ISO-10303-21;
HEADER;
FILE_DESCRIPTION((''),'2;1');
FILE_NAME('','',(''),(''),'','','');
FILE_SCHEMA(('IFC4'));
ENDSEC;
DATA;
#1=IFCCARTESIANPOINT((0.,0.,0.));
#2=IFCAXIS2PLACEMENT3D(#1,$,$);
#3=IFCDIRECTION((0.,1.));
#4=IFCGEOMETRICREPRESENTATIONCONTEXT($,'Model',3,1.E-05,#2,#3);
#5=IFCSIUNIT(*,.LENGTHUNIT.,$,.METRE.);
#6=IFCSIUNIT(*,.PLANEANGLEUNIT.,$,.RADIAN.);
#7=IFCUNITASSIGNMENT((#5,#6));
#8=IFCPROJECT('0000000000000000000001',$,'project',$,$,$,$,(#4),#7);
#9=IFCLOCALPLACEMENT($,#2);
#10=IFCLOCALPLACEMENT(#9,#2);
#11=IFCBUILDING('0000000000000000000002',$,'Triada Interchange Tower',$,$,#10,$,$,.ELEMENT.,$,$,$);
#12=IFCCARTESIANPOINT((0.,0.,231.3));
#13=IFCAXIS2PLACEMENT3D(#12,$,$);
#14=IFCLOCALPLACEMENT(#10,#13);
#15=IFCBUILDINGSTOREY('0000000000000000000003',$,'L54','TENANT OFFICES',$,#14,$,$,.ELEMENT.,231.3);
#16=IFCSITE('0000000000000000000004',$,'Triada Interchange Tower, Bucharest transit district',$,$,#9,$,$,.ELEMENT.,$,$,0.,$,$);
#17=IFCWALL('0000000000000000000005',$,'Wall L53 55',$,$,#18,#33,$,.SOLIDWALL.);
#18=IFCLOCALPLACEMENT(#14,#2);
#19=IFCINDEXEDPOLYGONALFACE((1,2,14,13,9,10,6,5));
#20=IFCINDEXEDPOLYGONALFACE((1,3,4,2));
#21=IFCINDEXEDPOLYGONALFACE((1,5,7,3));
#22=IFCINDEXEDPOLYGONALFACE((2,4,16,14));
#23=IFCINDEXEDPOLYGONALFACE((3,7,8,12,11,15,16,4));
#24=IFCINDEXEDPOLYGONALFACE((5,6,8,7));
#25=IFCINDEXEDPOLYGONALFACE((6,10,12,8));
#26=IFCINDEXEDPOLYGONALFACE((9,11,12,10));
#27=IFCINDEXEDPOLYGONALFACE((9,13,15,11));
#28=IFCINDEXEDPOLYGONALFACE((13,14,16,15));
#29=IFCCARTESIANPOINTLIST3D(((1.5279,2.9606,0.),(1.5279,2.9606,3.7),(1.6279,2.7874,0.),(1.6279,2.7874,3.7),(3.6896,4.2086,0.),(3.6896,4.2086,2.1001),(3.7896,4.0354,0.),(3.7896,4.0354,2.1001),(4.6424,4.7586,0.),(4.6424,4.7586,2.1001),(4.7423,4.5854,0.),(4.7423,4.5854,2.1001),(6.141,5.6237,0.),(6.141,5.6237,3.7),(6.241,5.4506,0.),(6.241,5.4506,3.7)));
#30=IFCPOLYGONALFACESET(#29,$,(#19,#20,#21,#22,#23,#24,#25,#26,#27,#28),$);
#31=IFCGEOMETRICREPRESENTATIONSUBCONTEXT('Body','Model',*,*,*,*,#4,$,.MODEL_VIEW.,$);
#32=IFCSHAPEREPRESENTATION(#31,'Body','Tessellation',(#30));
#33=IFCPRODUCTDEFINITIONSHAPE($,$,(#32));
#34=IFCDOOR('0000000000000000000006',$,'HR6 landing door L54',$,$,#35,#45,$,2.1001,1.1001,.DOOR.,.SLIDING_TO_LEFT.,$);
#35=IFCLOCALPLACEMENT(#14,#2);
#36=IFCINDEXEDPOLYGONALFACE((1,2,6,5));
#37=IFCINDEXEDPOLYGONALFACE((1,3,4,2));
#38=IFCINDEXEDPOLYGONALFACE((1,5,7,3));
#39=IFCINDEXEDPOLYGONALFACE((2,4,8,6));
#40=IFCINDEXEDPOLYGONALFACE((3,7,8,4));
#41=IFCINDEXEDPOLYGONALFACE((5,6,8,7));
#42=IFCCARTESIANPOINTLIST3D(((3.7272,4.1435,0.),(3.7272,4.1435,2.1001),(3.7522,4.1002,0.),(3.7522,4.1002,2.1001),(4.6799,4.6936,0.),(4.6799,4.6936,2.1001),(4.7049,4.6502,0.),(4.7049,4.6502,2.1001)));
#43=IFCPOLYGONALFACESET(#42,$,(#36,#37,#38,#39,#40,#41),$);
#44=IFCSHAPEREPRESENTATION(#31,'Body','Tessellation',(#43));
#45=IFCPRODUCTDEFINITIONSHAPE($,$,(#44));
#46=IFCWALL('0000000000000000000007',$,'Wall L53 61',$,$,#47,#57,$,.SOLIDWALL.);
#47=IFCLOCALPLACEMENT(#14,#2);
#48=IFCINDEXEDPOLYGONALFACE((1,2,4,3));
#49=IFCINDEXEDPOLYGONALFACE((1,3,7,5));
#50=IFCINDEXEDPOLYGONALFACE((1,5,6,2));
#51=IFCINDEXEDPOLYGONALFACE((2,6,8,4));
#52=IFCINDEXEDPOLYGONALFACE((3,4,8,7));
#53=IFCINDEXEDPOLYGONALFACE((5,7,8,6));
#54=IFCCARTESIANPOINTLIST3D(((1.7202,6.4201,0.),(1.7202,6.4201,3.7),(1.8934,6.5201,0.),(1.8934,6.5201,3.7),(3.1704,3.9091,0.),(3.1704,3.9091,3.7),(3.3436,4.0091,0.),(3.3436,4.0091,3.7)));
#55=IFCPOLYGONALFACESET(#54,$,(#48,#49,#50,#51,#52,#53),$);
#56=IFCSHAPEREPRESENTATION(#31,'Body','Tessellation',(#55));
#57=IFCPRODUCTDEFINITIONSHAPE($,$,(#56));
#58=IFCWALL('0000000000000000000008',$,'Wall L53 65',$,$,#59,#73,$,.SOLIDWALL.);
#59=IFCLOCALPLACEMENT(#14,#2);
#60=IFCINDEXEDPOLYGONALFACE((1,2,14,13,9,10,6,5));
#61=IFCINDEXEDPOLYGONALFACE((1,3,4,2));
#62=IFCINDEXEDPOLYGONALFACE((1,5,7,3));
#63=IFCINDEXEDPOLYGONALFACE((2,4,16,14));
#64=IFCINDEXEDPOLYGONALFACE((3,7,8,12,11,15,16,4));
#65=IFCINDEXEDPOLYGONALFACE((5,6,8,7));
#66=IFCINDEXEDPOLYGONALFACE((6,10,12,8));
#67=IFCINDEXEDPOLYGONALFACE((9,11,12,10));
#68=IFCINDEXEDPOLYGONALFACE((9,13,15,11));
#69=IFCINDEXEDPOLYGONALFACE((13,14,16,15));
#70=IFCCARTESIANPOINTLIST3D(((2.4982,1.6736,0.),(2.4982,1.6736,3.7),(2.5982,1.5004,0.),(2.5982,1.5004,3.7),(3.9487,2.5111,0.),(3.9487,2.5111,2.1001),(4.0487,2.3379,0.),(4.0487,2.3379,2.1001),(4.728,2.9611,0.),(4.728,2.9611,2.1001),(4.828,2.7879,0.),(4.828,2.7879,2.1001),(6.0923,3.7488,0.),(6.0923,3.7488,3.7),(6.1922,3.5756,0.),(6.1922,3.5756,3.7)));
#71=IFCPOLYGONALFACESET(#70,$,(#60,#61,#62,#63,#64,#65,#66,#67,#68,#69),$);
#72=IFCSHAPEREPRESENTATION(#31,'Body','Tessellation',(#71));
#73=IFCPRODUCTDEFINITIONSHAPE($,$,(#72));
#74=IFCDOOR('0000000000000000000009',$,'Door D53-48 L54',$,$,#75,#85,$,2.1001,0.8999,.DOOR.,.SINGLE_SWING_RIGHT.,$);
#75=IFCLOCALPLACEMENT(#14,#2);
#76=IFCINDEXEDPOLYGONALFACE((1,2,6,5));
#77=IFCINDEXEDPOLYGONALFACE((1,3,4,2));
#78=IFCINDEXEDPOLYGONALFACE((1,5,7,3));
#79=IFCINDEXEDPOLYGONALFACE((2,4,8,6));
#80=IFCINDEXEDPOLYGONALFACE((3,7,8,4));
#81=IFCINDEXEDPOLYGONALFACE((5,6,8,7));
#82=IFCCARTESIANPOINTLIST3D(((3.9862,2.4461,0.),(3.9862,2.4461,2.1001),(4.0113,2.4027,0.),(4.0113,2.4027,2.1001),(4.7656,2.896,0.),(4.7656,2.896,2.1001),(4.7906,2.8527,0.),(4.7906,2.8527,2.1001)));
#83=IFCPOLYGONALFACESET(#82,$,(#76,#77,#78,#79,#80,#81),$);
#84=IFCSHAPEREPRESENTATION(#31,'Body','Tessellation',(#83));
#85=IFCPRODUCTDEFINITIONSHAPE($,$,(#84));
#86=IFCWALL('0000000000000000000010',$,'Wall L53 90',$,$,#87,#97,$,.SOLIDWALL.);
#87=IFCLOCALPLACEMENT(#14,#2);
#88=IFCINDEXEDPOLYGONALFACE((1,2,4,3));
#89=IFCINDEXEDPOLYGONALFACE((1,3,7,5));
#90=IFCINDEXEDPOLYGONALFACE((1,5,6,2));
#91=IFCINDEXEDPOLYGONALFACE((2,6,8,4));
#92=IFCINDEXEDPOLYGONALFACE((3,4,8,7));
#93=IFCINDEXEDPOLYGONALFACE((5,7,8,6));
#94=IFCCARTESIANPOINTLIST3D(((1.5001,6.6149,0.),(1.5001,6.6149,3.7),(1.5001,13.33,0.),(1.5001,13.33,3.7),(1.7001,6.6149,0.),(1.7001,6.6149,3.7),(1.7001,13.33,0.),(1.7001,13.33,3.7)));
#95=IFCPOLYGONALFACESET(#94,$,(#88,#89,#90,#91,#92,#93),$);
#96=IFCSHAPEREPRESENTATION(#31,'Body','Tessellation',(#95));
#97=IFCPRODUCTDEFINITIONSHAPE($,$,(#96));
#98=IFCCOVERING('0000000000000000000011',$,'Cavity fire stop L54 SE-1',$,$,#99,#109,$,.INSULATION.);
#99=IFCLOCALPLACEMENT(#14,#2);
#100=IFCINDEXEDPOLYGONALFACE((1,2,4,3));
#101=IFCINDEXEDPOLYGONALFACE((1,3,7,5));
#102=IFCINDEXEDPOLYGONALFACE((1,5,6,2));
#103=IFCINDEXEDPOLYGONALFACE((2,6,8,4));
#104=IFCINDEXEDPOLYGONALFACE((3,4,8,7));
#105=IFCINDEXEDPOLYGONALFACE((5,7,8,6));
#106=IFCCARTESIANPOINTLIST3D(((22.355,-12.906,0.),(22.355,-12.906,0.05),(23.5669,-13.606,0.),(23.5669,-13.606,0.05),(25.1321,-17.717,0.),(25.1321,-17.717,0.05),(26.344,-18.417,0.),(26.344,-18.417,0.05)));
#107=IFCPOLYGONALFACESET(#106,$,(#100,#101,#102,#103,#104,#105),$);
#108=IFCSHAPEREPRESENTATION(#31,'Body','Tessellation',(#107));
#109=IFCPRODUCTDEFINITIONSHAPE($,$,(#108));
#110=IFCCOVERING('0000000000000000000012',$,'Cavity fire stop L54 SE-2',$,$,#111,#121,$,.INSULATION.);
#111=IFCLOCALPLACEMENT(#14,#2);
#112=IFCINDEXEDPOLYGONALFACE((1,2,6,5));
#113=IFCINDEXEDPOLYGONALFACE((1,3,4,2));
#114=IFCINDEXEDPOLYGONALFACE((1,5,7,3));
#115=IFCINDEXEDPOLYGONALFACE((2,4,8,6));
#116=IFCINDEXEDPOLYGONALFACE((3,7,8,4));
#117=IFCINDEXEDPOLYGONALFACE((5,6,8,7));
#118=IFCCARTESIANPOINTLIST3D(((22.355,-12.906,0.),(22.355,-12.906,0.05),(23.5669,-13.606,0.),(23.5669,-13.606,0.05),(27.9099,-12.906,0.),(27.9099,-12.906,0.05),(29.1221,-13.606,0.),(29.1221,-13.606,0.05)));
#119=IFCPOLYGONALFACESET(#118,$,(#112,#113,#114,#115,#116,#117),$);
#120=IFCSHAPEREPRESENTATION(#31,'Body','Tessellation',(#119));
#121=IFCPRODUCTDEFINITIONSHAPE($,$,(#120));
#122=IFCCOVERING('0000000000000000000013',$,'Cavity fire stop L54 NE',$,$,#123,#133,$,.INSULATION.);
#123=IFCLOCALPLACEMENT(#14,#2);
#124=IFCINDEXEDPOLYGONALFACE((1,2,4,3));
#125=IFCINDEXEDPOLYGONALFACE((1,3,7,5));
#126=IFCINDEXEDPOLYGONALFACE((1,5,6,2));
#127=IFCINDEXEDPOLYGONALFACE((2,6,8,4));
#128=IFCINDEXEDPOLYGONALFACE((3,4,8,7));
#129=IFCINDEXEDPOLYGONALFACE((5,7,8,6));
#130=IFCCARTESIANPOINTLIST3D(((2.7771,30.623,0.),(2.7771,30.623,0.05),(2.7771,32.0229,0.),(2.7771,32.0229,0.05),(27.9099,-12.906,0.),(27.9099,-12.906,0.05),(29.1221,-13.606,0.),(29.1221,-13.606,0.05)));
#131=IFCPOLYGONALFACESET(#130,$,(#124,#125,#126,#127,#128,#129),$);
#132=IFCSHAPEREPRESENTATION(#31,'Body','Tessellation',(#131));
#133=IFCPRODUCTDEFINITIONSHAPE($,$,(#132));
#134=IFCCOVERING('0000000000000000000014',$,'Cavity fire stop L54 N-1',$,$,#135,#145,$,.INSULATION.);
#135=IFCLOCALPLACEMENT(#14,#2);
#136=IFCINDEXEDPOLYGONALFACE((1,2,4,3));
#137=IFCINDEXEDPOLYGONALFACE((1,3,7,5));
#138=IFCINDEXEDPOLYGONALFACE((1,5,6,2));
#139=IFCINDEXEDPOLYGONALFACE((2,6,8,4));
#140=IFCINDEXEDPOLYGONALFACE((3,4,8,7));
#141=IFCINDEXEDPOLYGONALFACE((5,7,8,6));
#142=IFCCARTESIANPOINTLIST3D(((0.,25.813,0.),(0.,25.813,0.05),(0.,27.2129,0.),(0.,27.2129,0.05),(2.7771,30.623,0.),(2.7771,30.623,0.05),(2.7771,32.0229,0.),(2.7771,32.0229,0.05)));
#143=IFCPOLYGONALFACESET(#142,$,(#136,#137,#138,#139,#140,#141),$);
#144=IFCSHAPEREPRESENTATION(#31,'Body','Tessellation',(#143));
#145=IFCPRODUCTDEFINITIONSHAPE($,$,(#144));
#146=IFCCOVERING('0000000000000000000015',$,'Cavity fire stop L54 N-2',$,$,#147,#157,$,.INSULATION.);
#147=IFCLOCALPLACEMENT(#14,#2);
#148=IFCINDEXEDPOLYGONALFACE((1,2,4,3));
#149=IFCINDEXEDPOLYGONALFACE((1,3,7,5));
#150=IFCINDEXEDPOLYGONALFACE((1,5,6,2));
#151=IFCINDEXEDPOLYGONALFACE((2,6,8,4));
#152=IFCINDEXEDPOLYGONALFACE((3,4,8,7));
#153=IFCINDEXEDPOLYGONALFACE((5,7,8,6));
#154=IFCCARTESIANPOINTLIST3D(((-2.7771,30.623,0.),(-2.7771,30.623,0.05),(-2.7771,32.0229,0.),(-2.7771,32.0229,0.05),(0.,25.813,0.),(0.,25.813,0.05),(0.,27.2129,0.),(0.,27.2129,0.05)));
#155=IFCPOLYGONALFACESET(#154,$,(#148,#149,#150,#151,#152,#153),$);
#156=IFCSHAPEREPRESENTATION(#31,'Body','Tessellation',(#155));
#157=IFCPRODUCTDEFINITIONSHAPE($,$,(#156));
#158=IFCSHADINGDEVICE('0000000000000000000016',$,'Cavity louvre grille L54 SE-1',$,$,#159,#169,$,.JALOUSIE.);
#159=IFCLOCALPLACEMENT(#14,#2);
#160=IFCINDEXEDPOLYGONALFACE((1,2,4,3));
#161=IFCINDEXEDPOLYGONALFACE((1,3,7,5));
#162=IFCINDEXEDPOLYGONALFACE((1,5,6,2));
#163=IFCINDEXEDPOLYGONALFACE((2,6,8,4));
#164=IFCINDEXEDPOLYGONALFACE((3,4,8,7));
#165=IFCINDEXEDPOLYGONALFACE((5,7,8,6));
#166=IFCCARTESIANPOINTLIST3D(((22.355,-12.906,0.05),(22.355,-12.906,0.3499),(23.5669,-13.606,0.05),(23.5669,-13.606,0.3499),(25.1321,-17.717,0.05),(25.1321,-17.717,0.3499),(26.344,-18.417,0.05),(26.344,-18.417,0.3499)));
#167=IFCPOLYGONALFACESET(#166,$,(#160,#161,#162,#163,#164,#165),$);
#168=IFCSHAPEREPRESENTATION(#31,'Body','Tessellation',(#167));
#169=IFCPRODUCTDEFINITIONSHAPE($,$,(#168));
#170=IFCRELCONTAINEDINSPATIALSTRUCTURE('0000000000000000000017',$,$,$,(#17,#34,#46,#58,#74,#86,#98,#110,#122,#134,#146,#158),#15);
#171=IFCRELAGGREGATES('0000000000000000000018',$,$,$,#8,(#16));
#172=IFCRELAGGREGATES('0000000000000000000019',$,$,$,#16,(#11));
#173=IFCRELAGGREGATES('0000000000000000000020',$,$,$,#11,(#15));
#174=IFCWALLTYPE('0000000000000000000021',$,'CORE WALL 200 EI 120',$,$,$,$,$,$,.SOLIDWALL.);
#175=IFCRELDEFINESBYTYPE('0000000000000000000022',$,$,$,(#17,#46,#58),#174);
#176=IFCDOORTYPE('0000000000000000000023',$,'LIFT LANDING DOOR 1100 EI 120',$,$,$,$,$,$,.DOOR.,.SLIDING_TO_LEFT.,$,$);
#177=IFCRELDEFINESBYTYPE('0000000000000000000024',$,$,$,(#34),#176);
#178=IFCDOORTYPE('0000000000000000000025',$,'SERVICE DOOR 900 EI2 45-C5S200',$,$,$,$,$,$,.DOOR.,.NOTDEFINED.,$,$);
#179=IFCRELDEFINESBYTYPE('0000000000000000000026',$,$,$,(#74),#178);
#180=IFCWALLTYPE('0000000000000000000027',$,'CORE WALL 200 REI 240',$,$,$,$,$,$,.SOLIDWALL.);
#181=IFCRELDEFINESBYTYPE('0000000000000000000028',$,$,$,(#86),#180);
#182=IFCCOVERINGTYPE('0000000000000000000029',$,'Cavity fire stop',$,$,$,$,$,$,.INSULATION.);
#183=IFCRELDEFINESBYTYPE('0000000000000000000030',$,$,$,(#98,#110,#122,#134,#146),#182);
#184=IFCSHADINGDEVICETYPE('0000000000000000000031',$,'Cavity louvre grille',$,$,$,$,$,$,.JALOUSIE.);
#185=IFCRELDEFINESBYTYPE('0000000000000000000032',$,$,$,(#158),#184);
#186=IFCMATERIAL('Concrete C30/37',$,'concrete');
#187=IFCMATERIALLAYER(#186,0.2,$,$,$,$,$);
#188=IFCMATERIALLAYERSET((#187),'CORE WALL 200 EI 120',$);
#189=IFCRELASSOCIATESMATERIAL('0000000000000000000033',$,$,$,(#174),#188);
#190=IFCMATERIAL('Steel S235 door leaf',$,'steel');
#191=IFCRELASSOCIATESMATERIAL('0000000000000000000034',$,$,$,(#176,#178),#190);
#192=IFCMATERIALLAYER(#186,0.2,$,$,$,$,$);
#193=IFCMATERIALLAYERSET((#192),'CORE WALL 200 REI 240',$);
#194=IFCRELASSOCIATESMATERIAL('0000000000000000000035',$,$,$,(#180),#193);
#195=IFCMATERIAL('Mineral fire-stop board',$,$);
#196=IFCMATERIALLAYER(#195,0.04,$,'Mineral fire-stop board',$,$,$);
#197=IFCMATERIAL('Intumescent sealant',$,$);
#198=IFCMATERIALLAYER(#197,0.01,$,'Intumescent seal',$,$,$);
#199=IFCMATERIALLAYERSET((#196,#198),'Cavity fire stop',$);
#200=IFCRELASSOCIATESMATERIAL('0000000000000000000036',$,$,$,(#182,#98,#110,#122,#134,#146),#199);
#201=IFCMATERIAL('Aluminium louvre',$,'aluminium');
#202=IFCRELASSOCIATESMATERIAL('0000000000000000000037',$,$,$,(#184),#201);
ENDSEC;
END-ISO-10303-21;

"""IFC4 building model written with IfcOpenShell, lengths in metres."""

from ifc_helpers import new_model, si_unit, direction, frame, frame_2d, origin, place, context, subcontext, project, spatial, polyline, rectangle, outline, extrude, material, layer, layer_set, layer_usage, type_object, element, fill, save


model = new_model("IFC4")

# Units and contexts
model_context = context("Model", 3, precision=1e-05, world=origin(), true_north=direction((0.0, 1.0)))
body_context = subcontext(model_context, "Body", "Model", "MODEL_VIEW")
ifc_project = project(units=[si_unit("LENGTHUNIT", "METRE"), si_unit("PLANEANGLEUNIT", "RADIAN")], contexts=[model_context])

# Site, building, storey
site_placement = place(None, origin())
site = spatial("IfcSite", under=ifc_project, at=site_placement, Name="Triada Interchange Tower, Bucharest transit district", CompositionType="ELEMENT", RefElevation=0.0)
building_placement = place(site_placement, origin())
building = spatial("IfcBuilding", under=site, at=building_placement, Name="Triada Interchange Tower", CompositionType="ELEMENT")
storey_placement = place(building_placement, frame((0.0, 0.0, 231.3)))
storey = spatial("IfcBuildingStorey", under=building, at=storey_placement, Name="L54", Description="TENANT OFFICES", CompositionType="ELEMENT", Elevation=231.3)

# Wall, opening, door
ifc_material_1 = material(Name="Concrete C30/37", Category="concrete")
ifc_layer_1 = layer(ifc_material_1, 0.2)
ifc_layer_set_1 = layer_set([ifc_layer_1], Name="CORE WALL 200 EI 120")
wall_type_1 = type_object("IfcWallType", Name="CORE WALL 200 EI 120", PredefinedType="SOLIDWALL", material=ifc_layer_set_1)
ifc_material_2 = material(Name="Steel S235 door leaf", Category="steel")
door_type_1 = type_object("IfcDoorType", Name="LIFT LANDING DOOR 1100 EI 120", OperationType="SLIDING_TO_LEFT", PredefinedType="DOOR", material=ifc_material_2)
wall_1_placement = place(storey_placement, frame((1.5779, 2.874, 0.0), z_axis=(0.0, 0.0, 1.0), x_axis=(0.866046, 0.499964, 0.0)))
wall_1 = element("IfcWall", 1, at=wall_1_placement, inside=storey, type_object=wall_type_1, Name="Wall L53 55", PredefinedType="SOLIDWALL", context=body_context, shape_type="SweptSolid", body=[
    extrude(rectangle(XDim=5.3267, YDim=0.2, at=frame_2d((2.6633, 0.0))), origin(), (0.0, 0.0, 1.0), 3.7),
])
opening_1_placement = place(wall_1_placement, frame((2.4961, 0.0, 0.0)))
opening_1 = element("IfcOpeningElement", 2, at=opening_1_placement, cuts=wall_1, PredefinedType="OPENING", context=body_context, shape_type="SweptSolid", body=[
    extrude(rectangle(XDim=1.1001, YDim=2.1001, at=frame_2d((0.55, 1.05))), frame((0.0, 0.1099, 0.0), z_axis=(0.0, -1.0, 0.0), x_axis=(1.0, 0.0, 0.0)), (0.0, 0.0, 1.0), 0.22),
])
door_1_placement = place(opening_1_placement, origin())
door_1 = element("IfcDoor", 3, at=door_1_placement, inside=storey, type_object=door_type_1, Name="HR6 landing door L54", OperationType="SLIDING_TO_LEFT", OverallHeight=2.1001, OverallWidth=1.1001, PredefinedType="DOOR", context=body_context, shape_type="SweptSolid", body=[
    extrude(rectangle(XDim=1.1001, YDim=2.1001, at=frame_2d((0.55, 1.05))), frame((0.0, 0.0249, 0.0), z_axis=(0.0, -1.0, 0.0), x_axis=(1.0, 0.0, 0.0)), (0.0, 0.0, 1.0), 0.05),
])
fill(opening_1, door_1)

# Wall
wall_2_placement = place(storey_placement, frame((1.8069, 6.47, 0.0), z_axis=(0.0, 0.0, 1.0), x_axis=(0.500123, -0.865954, 0.0)))
element("IfcWall", 4, at=wall_2_placement, inside=storey, type_object=wall_type_1, Name="Wall L53 61", PredefinedType="SOLIDWALL", context=body_context, shape_type="SweptSolid", body=[
    extrude(rectangle(XDim=2.8997, YDim=0.2, at=frame_2d((1.4497, 0.0))), origin(), (0.0, 0.0, 1.0), 3.7),
])

# Wall, opening, door
wall_3_placement = place(storey_placement, frame((2.5481, 1.5869, 0.0), z_axis=(0.0, 0.0, 1.0), x_axis=(0.866004, 0.500036, 0.0)))
wall_3 = element("IfcWall", 5, at=wall_3_placement, inside=storey, type_object=wall_type_1, Name="Wall L53 65", PredefinedType="SOLIDWALL", context=body_context, shape_type="SweptSolid", body=[
    extrude(rectangle(XDim=4.1501, YDim=0.2, at=frame_2d((2.0752, 0.0))), origin(), (0.0, 0.0, 1.0), 3.7),
])
opening_2_placement = place(wall_3_placement, frame((1.675, 0.0, 0.0)))
opening_2 = element("IfcOpeningElement", 6, at=opening_2_placement, cuts=wall_3, PredefinedType="OPENING", context=body_context, shape_type="SweptSolid", body=[
    extrude(rectangle(XDim=0.8999, YDim=2.1001, at=frame_2d((0.45, 1.05))), frame((0.0, 0.1099, 0.0), z_axis=(0.0, -1.0, 0.0), x_axis=(1.0, 0.0, 0.0)), (0.0, 0.0, 1.0), 0.22),
])
door_type_2 = type_object("IfcDoorType", Name="SERVICE DOOR 900 EI2 45-C5S200", OperationType="NOTDEFINED", PredefinedType="DOOR", material=ifc_material_2)
door_2_placement = place(opening_2_placement, origin())
door_2 = element("IfcDoor", 7, at=door_2_placement, inside=storey, type_object=door_type_2, Name="Door D53-48 L54", OperationType="SINGLE_SWING_RIGHT", OverallHeight=2.1001, OverallWidth=0.8999, PredefinedType="DOOR", context=body_context, shape_type="SweptSolid", body=[
    extrude(rectangle(XDim=0.8999, YDim=2.1001, at=frame_2d((0.45, 1.05))), frame((0.0, 0.0249, 0.0), z_axis=(0.0, -1.0, 0.0), x_axis=(1.0, 0.0, 0.0)), (0.0, 0.0, 1.0), 0.05),
])
fill(opening_2, door_2)

# Wall
ifc_layer_2 = layer(ifc_material_1, 0.2)
ifc_layer_set_2 = layer_set([ifc_layer_2], Name="CORE WALL 200 REI 240")
wall_type_2 = type_object("IfcWallType", Name="CORE WALL 200 REI 240", PredefinedType="SOLIDWALL", material=ifc_layer_set_2)
wall_4_placement = place(storey_placement, frame((1.6001, 6.615, 0.0), z_axis=(0.0, 0.0, 1.0), x_axis=(0.0, 1.0, 0.0)))
element("IfcWall", 8, at=wall_4_placement, inside=storey, type_object=wall_type_2, Name="Wall L53 90", PredefinedType="SOLIDWALL", context=body_context, shape_type="SweptSolid", body=[
    extrude(rectangle(XDim=6.7151, YDim=0.2, at=frame_2d((3.3574, 0.0))), origin(), (0.0, 0.0, 1.0), 3.7),
])

# Coverings
ifc_material_3 = material(Name="Mineral fire-stop board")
ifc_layer_3 = layer(ifc_material_3, 0.04, Name="Mineral fire-stop board")
ifc_material_4 = material(Name="Intumescent sealant")
ifc_layer_4 = layer(ifc_material_4, 0.01, Name="Intumescent seal")
ifc_layer_set_3 = layer_set([ifc_layer_3, ifc_layer_4], Name="Cavity fire stop")
ifc_layer_usage = layer_usage(ifc_layer_set_3, "AXIS3", "POSITIVE", 0.0)
covering_type = type_object("IfcCoveringType", Name="Cavity fire stop", PredefinedType="INSULATION", material=ifc_layer_set_3)
covering_1_placement = place(storey_placement, origin())
element("IfcCovering", 9, at=covering_1_placement, inside=storey, type_object=covering_type, material=ifc_layer_usage, Name="Cavity fire stop L54 SE-1", PredefinedType="INSULATION", context=body_context, shape_type="SweptSolid", body=[
    extrude(outline(polyline([(25.1321, -17.717), (26.344, -18.417), (23.5669, -13.606), (22.355, -12.906), (25.1321, -17.717)])), origin(), (0.0, 0.0, 1.0), 0.05),
])
covering_2_placement = place(storey_placement, origin())
element("IfcCovering", 10, at=covering_2_placement, inside=storey, type_object=covering_type, material=ifc_layer_usage, Name="Cavity fire stop L54 SE-2", PredefinedType="INSULATION", context=body_context, shape_type="SweptSolid", body=[
    extrude(outline(polyline([(22.355, -12.906), (23.5669, -13.606), (29.1221, -13.606), (27.9099, -12.906), (22.355, -12.906)])), origin(), (0.0, 0.0, 1.0), 0.05),
])
covering_3_placement = place(storey_placement, origin())
element("IfcCovering", 11, at=covering_3_placement, inside=storey, type_object=covering_type, material=ifc_layer_usage, Name="Cavity fire stop L54 NE", PredefinedType="INSULATION", context=body_context, shape_type="SweptSolid", body=[
    extrude(outline(polyline([(27.9099, -12.906), (29.1221, -13.606), (2.7771, 32.0229), (2.7771, 30.623), (27.9099, -12.906)])), origin(), (0.0, 0.0, 1.0), 0.05),
])
covering_4_placement = place(storey_placement, origin())
element("IfcCovering", 12, at=covering_4_placement, inside=storey, type_object=covering_type, material=ifc_layer_usage, Name="Cavity fire stop L54 N-1", PredefinedType="INSULATION", context=body_context, shape_type="SweptSolid", body=[
    extrude(outline(polyline([(2.7771, 30.623), (2.7771, 32.0229), (0.0, 27.2129), (0.0, 25.813), (2.7771, 30.623)])), origin(), (0.0, 0.0, 1.0), 0.05),
])
covering_5_placement = place(storey_placement, origin())
element("IfcCovering", 13, at=covering_5_placement, inside=storey, type_object=covering_type, material=ifc_layer_usage, Name="Cavity fire stop L54 N-2", PredefinedType="INSULATION", context=body_context, shape_type="SweptSolid", body=[
    extrude(outline(polyline([(0.0, 25.813), (0.0, 27.2129), (-2.7771, 32.0229), (-2.7771, 30.623), (0.0, 25.813)])), origin(), (0.0, 0.0, 1.0), 0.05),
])

# Shading device
ifc_material_5 = material(Name="Aluminium louvre", Category="aluminium")
shading_device_type = type_object("IfcShadingDeviceType", Name="Cavity louvre grille", PredefinedType="JALOUSIE", material=ifc_material_5)
shading_device_1_placement = place(storey_placement, frame((0.0, 0.0, 0.05)))
element("IfcShadingDevice", 14, at=shading_device_1_placement, inside=storey, type_object=shading_device_type, Name="Cavity louvre grille L54 SE-1", PredefinedType="JALOUSIE", context=body_context, shape_type="SweptSolid", body=[
    extrude(outline(polyline([(25.1321, -17.717), (26.344, -18.417), (23.5669, -13.606), (22.355, -12.906), (25.1321, -17.717)])), origin(), (0.0, 0.0, 1.0), 0.2998),
])

save(model, "model.ifc")
